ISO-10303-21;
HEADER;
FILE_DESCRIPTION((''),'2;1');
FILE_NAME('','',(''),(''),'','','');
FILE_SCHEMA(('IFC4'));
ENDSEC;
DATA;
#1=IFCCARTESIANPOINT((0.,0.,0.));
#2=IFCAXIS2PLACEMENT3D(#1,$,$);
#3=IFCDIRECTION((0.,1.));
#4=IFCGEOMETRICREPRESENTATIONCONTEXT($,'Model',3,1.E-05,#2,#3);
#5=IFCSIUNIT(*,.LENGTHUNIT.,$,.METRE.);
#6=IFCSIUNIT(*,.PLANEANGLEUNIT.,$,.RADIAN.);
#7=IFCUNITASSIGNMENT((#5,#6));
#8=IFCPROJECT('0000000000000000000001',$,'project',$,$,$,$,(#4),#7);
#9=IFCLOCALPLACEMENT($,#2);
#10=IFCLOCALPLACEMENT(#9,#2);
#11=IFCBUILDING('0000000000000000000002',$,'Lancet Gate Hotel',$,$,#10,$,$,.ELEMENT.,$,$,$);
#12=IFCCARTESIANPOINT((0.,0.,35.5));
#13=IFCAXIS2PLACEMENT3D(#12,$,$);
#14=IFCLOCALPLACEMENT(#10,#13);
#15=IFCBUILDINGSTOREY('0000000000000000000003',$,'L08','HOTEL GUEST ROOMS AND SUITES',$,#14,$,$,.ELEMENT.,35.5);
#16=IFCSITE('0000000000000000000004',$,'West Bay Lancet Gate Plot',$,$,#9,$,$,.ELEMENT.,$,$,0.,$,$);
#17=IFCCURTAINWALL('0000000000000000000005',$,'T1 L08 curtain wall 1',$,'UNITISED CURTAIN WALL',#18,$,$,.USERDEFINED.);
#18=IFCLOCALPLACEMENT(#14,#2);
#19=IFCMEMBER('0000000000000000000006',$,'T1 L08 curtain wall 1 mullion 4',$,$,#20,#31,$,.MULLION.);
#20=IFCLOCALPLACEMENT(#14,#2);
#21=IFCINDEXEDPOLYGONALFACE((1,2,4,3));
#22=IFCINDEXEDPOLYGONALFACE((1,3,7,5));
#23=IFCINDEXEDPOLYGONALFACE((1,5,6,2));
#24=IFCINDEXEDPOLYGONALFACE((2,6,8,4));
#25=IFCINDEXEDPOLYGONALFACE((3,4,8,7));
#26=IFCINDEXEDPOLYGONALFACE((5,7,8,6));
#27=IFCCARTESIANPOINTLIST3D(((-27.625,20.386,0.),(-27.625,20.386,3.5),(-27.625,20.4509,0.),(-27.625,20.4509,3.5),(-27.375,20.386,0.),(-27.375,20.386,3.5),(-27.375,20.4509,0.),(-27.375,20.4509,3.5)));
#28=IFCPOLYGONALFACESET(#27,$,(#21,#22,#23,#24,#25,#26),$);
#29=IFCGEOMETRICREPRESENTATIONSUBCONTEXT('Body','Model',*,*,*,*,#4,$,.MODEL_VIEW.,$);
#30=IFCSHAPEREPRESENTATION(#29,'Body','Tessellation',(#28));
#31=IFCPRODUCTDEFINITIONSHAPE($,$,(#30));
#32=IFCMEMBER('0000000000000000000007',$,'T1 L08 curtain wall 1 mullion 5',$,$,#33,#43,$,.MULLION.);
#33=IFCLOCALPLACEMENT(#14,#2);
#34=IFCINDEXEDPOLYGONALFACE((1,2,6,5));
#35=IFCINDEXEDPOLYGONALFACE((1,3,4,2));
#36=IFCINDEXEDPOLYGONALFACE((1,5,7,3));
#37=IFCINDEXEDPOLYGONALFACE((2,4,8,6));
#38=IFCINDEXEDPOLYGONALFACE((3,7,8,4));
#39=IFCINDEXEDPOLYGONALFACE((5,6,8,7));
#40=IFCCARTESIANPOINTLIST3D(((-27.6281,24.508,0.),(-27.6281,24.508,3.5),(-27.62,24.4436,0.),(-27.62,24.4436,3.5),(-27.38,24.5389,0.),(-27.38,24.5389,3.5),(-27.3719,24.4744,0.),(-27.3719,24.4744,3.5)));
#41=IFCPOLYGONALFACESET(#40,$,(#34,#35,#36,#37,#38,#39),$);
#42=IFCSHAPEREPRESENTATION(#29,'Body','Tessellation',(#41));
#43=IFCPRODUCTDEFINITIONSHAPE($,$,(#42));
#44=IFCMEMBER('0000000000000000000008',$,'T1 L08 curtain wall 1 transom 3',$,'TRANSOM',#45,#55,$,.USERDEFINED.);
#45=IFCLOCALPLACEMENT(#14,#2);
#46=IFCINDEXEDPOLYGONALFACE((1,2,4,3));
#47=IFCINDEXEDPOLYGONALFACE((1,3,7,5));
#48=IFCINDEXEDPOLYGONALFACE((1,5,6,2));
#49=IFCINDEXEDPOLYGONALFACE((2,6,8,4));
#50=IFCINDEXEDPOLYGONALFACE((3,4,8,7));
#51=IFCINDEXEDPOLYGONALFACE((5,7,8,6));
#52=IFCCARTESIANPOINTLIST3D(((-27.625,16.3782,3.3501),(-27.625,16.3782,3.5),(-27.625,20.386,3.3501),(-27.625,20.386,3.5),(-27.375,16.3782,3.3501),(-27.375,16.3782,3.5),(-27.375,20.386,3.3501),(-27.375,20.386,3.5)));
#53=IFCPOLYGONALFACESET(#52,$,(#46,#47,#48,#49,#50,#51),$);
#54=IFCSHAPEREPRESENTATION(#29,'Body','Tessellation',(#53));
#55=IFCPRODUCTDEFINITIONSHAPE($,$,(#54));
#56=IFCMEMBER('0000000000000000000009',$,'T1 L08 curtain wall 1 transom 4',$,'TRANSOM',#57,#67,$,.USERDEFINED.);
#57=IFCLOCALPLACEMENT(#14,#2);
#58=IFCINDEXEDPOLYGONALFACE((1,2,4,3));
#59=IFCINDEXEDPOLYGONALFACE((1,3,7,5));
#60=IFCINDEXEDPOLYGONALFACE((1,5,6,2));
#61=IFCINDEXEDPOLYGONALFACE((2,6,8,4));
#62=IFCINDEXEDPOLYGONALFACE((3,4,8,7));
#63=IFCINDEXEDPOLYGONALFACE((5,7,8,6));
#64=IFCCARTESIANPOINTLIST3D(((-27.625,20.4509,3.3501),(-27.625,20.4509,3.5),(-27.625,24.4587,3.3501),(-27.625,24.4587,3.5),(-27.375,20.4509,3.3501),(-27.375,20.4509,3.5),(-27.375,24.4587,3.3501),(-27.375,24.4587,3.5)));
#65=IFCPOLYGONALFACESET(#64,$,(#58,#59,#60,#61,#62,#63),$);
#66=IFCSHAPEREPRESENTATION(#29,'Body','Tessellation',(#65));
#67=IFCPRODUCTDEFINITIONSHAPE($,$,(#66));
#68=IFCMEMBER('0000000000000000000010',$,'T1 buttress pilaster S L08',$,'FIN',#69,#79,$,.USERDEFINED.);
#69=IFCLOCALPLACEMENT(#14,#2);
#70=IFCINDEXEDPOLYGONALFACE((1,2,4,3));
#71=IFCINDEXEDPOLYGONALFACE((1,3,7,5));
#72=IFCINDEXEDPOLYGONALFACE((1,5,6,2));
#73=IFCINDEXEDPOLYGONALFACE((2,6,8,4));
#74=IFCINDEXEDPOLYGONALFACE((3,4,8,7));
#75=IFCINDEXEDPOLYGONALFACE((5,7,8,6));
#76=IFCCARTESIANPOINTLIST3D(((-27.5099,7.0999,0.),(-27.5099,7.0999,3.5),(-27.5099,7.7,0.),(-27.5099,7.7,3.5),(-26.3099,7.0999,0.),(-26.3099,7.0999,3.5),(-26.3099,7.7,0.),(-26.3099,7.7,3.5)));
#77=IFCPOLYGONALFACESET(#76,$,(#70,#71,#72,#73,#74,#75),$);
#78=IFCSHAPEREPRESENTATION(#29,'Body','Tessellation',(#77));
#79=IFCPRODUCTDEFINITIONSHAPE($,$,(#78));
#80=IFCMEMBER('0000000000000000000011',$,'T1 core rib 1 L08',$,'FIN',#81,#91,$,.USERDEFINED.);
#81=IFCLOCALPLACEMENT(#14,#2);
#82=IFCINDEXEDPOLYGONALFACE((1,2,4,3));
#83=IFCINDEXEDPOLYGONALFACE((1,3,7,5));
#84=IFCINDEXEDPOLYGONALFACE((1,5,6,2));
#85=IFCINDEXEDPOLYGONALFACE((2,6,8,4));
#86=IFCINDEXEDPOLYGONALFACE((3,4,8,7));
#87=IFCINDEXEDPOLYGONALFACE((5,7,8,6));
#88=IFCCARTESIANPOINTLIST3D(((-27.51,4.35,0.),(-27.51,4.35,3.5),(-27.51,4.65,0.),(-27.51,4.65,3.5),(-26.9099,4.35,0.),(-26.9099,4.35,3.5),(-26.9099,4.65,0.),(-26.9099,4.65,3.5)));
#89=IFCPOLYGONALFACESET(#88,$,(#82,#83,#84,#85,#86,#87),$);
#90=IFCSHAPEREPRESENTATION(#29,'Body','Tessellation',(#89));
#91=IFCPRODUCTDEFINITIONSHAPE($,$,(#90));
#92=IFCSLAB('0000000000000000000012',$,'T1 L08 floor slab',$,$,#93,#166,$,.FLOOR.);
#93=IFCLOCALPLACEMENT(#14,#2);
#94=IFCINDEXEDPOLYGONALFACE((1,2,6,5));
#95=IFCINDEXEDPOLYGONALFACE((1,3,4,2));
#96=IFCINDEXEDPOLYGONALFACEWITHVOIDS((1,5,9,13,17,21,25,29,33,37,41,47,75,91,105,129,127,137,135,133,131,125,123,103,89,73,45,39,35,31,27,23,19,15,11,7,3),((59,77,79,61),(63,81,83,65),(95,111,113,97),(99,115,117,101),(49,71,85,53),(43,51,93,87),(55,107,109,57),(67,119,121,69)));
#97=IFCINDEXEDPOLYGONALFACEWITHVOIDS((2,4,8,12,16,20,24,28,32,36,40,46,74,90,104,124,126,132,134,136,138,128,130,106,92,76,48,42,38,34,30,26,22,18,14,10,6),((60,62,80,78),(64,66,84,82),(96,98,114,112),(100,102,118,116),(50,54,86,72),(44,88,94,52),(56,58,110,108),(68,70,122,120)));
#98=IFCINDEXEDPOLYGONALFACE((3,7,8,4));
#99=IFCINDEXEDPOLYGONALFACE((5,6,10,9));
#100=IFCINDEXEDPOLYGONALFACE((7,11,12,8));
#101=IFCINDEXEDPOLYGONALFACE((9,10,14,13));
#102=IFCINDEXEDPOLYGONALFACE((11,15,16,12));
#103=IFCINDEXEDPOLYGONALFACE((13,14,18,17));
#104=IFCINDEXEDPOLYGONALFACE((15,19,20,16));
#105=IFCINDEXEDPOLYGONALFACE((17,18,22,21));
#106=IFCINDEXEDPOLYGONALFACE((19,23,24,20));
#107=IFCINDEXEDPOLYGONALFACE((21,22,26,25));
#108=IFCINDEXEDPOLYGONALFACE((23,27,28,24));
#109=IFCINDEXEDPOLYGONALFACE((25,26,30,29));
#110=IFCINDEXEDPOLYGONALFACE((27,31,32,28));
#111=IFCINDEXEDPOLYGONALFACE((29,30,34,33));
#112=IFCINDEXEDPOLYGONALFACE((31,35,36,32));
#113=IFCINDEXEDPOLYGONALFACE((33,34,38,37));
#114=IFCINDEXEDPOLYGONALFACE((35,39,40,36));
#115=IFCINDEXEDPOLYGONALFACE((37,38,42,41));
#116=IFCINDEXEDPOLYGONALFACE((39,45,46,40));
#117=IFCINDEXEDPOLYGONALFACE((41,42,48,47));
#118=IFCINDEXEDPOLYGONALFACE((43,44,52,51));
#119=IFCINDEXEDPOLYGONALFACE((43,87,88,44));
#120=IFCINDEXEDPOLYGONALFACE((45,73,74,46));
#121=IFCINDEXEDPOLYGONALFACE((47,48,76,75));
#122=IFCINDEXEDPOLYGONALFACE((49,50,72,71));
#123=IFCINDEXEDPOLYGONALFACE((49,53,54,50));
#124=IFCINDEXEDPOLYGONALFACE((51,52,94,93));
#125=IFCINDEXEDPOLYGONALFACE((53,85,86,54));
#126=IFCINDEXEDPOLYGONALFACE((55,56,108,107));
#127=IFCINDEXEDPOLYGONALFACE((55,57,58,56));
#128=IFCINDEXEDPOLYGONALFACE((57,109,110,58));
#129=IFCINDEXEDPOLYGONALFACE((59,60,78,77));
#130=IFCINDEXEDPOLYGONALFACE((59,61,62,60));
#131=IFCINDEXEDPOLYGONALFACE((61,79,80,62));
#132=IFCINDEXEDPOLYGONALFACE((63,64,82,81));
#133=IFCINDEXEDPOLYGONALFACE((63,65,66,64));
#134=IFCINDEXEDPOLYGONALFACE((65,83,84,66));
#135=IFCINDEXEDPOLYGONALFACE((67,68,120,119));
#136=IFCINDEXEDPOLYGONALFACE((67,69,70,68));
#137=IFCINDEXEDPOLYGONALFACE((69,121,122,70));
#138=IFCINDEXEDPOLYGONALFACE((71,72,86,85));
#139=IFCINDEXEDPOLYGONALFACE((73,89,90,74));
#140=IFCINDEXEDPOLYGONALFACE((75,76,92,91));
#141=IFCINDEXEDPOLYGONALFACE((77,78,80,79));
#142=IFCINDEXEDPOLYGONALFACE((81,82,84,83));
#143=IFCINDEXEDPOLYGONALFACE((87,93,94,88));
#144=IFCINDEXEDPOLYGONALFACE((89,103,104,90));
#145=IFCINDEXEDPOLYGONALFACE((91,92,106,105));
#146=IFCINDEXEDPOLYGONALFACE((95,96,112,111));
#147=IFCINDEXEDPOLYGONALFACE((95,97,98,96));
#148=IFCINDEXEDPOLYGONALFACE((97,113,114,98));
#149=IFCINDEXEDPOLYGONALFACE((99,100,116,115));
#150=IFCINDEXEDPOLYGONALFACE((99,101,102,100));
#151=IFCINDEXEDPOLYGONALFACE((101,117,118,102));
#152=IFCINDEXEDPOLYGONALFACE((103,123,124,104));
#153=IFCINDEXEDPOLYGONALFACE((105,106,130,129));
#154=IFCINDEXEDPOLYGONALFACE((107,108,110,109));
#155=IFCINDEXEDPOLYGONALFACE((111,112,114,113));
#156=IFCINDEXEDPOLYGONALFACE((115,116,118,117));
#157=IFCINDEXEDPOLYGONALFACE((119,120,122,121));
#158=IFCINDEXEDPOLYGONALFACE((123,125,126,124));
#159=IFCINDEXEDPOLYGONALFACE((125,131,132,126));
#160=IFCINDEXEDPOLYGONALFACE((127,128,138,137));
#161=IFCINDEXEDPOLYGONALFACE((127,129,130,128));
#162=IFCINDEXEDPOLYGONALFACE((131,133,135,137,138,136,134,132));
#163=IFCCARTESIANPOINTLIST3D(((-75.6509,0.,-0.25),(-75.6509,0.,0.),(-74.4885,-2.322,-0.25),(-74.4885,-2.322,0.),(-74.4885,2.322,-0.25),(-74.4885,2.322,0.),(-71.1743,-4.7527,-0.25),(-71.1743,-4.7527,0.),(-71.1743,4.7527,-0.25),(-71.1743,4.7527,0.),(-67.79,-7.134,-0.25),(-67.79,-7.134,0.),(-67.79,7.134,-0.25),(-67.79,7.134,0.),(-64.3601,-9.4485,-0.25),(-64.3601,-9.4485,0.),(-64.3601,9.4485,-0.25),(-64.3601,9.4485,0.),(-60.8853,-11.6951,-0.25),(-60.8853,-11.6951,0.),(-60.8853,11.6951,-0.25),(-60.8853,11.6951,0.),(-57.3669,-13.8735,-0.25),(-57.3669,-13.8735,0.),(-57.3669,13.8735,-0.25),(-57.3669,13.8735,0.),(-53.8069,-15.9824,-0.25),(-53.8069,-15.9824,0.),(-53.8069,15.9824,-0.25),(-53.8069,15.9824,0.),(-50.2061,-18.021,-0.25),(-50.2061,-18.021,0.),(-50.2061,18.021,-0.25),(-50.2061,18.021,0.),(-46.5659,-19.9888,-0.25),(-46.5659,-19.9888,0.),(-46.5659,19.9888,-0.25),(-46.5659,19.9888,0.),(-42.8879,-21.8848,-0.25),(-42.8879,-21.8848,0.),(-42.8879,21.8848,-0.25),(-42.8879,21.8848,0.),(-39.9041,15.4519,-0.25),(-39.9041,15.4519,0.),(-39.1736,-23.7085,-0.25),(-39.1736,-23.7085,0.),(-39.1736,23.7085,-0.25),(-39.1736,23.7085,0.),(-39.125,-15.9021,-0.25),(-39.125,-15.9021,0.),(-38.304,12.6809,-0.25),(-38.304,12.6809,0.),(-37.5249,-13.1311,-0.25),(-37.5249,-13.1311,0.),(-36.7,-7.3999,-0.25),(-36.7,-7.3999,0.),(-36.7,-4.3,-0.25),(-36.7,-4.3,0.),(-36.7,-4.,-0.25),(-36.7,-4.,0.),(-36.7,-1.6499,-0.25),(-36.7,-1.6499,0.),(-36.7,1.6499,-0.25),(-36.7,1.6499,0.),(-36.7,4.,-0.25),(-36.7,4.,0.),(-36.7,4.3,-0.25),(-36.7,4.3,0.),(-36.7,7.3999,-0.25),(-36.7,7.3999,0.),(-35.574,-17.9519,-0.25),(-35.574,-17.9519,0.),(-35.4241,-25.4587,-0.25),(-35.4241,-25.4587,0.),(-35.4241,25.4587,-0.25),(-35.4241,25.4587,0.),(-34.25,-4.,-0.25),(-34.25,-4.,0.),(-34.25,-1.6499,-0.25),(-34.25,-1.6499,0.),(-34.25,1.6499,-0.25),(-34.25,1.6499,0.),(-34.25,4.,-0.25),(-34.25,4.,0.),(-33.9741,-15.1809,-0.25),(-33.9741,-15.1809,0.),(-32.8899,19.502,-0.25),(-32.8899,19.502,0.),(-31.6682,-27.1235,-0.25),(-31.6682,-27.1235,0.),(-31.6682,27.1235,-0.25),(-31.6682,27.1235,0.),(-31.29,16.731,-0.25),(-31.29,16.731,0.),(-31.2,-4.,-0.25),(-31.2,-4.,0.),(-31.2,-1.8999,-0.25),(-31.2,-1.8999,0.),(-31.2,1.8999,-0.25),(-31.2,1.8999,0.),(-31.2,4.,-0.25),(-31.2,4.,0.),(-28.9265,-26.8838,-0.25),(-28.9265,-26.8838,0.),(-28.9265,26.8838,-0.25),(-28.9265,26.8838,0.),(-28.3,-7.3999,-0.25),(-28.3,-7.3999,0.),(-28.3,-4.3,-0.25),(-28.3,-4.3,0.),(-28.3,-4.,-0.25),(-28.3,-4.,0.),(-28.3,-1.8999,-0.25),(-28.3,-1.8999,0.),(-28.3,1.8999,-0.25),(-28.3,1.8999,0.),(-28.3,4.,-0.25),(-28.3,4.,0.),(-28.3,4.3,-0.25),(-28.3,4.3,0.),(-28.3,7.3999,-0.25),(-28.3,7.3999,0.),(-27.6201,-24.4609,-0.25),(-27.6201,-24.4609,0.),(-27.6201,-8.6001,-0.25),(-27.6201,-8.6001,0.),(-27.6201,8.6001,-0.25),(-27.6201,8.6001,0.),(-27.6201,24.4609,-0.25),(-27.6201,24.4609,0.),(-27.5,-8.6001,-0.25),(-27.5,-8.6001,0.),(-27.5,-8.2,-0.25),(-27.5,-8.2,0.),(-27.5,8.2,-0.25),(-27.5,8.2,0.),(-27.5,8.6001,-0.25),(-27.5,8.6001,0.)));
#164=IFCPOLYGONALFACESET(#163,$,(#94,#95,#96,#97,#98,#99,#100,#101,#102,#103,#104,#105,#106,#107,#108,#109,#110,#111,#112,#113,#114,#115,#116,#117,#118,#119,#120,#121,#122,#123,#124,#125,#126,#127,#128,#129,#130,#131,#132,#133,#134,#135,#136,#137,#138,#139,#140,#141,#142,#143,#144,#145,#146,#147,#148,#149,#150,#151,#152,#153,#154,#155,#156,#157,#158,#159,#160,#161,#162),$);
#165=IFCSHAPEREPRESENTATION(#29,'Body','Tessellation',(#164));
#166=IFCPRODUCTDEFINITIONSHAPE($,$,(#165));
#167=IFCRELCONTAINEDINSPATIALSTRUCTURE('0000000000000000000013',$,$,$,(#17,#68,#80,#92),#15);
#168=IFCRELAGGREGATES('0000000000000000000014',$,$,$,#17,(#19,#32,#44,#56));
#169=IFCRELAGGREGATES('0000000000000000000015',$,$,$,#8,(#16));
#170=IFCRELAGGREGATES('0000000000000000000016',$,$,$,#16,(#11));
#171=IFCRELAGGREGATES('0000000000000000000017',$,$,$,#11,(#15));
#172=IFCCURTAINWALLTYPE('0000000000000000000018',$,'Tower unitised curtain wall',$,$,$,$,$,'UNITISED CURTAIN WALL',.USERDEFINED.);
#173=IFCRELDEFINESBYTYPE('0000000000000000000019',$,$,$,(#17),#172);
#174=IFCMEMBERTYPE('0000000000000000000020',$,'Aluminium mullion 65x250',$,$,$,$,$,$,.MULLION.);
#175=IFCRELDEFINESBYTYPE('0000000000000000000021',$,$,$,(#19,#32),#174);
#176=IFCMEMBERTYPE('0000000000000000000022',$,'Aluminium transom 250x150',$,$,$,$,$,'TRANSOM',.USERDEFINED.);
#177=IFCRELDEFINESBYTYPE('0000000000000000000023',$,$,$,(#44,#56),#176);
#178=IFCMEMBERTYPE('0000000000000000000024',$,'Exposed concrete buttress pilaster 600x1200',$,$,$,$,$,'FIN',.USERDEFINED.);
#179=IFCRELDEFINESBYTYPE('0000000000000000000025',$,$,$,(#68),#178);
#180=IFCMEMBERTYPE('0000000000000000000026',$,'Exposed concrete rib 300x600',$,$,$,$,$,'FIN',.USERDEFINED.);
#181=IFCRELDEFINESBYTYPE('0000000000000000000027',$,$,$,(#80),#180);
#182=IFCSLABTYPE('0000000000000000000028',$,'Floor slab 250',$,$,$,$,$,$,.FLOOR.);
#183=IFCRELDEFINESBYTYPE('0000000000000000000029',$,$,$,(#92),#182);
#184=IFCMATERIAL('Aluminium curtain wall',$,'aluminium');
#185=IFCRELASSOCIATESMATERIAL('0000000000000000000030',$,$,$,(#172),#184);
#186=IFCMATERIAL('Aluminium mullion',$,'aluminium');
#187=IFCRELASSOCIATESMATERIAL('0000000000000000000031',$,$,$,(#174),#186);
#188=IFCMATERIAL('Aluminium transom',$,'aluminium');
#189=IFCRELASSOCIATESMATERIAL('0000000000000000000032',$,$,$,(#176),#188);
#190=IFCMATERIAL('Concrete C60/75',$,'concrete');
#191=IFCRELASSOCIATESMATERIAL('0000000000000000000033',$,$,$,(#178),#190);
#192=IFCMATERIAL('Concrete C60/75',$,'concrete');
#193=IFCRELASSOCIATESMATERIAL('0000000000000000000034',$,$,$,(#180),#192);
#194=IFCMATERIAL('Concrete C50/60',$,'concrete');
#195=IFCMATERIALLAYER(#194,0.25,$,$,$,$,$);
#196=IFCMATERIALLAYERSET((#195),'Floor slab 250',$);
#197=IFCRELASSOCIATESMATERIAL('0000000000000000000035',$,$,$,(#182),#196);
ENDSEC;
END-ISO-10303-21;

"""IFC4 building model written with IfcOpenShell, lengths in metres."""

from ifc_helpers import new_model, si_unit, direction, frame, origin, origin_2d, place, context, subcontext, project, spatial, polyline, rectangle, outline, extrude, material, layer, layer_set, material_profile, profile_set, type_object, element, aggregate, save


model = new_model("IFC4")

# Units and contexts
model_context = context("Model", 3, precision=1e-05, world=origin(), true_north=direction((0.0, 1.0)))
body_context = subcontext(model_context, "Body", "Model", "MODEL_VIEW")
ifc_project = project(units=[si_unit("LENGTHUNIT", "METRE"), si_unit("PLANEANGLEUNIT", "RADIAN")], contexts=[model_context])

# Site, building, storey
site_placement = place(None, origin())
site = spatial("IfcSite", under=ifc_project, at=site_placement, Name="West Bay Lancet Gate Plot", CompositionType="ELEMENT", RefElevation=0.0)
building_placement = place(site_placement, origin())
building = spatial("IfcBuilding", under=site, at=building_placement, Name="Lancet Gate Hotel", CompositionType="ELEMENT")
storey_placement = place(building_placement, frame((0.0, 0.0, 35.5)))
storey = spatial("IfcBuildingStorey", under=building, at=storey_placement, Name="L08", Description="HOTEL GUEST ROOMS AND SUITES", CompositionType="ELEMENT", Elevation=35.5)

# Curtain wall, members
ifc_material_1 = material(Name="Aluminium curtain wall", Category="aluminium")
curtain_wall_type = type_object("IfcCurtainWallType", Name="Tower unitised curtain wall", ElementType="UNITISED CURTAIN WALL", PredefinedType="USERDEFINED", material=ifc_material_1)
curtain_wall_placement = place(storey_placement, origin())
curtain_wall = element("IfcCurtainWall", 1, at=curtain_wall_placement, inside=storey, type_object=curtain_wall_type, Name="T1 L08 curtain wall 1", ObjectType="UNITISED CURTAIN WALL", PredefinedType="USERDEFINED")
ifc_material_2 = material(Name="Aluminium mullion", Category="aluminium")
ifc_material_profile_1 = material_profile(ifc_material_2, rectangle(XDim=0.0649, YDim=0.25, at=origin_2d()), Name="MULLION 65x250")
ifc_profile_set_1 = profile_set([ifc_material_profile_1], Name="Aluminium mullion")
member_type_1 = type_object("IfcMemberType", Name="Aluminium mullion 65x250", PredefinedType="MULLION", material=ifc_profile_set_1)
member_1_placement = place(storey_placement, frame((-27.5, 20.4185, 0.0), z_axis=(0.0, 0.0, 1.0), x_axis=(0.0, 1.0, 0.0)))
member_1 = element("IfcMember", 2, at=member_1_placement, type_object=member_type_1, Name="T1 L08 curtain wall 1 mullion 4", PredefinedType="MULLION", context=body_context, shape_type="SweptSolid", body=[
    extrude(rectangle(XDim=0.0649, YDim=0.25, at=origin_2d()), origin(), (0.0, 0.0, 1.0), 3.5),
])
member_2_placement = place(storey_placement, frame((-27.5, 24.4912, 0.0), z_axis=(0.0, 0.0, 1.0), x_axis=(-0.123483, 0.992347, 0.0)))
member_2 = element("IfcMember", 3, at=member_2_placement, type_object=member_type_1, Name="T1 L08 curtain wall 1 mullion 5", PredefinedType="MULLION", context=body_context, shape_type="SweptSolid", body=[
    extrude(rectangle(XDim=0.0649, YDim=0.25, at=origin_2d()), origin(), (0.0, 0.0, 1.0), 3.5),
])
ifc_material_3 = material(Name="Aluminium transom", Category="aluminium")
ifc_material_profile_2 = material_profile(ifc_material_3, rectangle(XDim=0.25, YDim=0.1499, at=origin_2d()), Name="TRANSOM 250x150")
ifc_profile_set_2 = profile_set([ifc_material_profile_2], Name="Aluminium transom")
member_type_2 = type_object("IfcMemberType", Name="Aluminium transom 250x150", ElementType="TRANSOM", PredefinedType="USERDEFINED", material=ifc_profile_set_2)
member_3_placement = place(storey_placement, frame((-27.5, 16.3782, 3.425), z_axis=(0.0, 1.0, 0.0), x_axis=(-1.0, 0.0, 0.0)))
member_3 = element("IfcMember", 4, at=member_3_placement, type_object=member_type_2, Name="T1 L08 curtain wall 1 transom 3", ObjectType="TRANSOM", PredefinedType="USERDEFINED", context=body_context, shape_type="SweptSolid", body=[
    extrude(rectangle(XDim=0.25, YDim=0.1499, at=origin_2d()), origin(), (0.0, 0.0, 1.0), 4.0078),
])
member_4_placement = place(storey_placement, frame((-27.5, 20.4509, 3.425), z_axis=(0.0, 1.0, 0.0), x_axis=(-1.0, 0.0, 0.0)))
member_4 = element("IfcMember", 5, at=member_4_placement, type_object=member_type_2, Name="T1 L08 curtain wall 1 transom 4", ObjectType="TRANSOM", PredefinedType="USERDEFINED", context=body_context, shape_type="SweptSolid", body=[
    extrude(rectangle(XDim=0.25, YDim=0.1499, at=origin_2d()), origin(), (0.0, 0.0, 1.0), 4.0078),
])

# Members
ifc_material_4 = material(Name="Concrete C60/75", Category="concrete")
ifc_material_profile_3 = material_profile(ifc_material_4, rectangle(XDim=0.6001, YDim=1.2, at=origin_2d()), Name="FIN 600x1200")
ifc_profile_set_3 = profile_set([ifc_material_profile_3], Name="Concrete C60/75")
member_type_3 = type_object("IfcMemberType", Name="Exposed concrete buttress pilaster 600x1200", ElementType="FIN", PredefinedType="USERDEFINED", material=ifc_profile_set_3)
member_5_placement = place(storey_placement, frame((-26.9099, 7.3999, 0.0), z_axis=(0.0, 0.0, 1.0), x_axis=(0.0, 1.0, 0.0)))
element("IfcMember", 6, at=member_5_placement, inside=storey, type_object=member_type_3, Name="T1 buttress pilaster S L08", ObjectType="FIN", PredefinedType="USERDEFINED", context=body_context, shape_type="SweptSolid", body=[
    extrude(rectangle(XDim=0.6001, YDim=1.2, at=origin_2d()), origin(), (0.0, 0.0, 1.0), 3.5),
])
ifc_material_5 = material(Name="Concrete C60/75", Category="concrete")
ifc_material_profile_4 = material_profile(ifc_material_5, rectangle(XDim=0.3, YDim=0.6001, at=origin_2d()), Name="FIN 300x600")
ifc_profile_set_4 = profile_set([ifc_material_profile_4], Name="Concrete C60/75")
member_type_4 = type_object("IfcMemberType", Name="Exposed concrete rib 300x600", ElementType="FIN", PredefinedType="USERDEFINED", material=ifc_profile_set_4)
member_6_placement = place(storey_placement, frame((-27.21, 4.5, 0.0), z_axis=(0.0, 0.0, 1.0), x_axis=(0.0, 1.0, 0.0)))
element("IfcMember", 7, at=member_6_placement, inside=storey, type_object=member_type_4, Name="T1 core rib 1 L08", ObjectType="FIN", PredefinedType="USERDEFINED", context=body_context, shape_type="SweptSolid", body=[
    extrude(rectangle(XDim=0.3, YDim=0.6001, at=origin_2d()), origin(), (0.0, 0.0, 1.0), 3.5),
])

# Slab
ifc_material_6 = material(Name="Concrete C50/60", Category="concrete")
ifc_layer_1 = layer(ifc_material_6, 0.25)
ifc_layer_set_1 = layer_set([ifc_layer_1], Name="Floor slab 250")
slab_type_1 = type_object("IfcSlabType", Name="Floor slab 250", PredefinedType="FLOOR", material=ifc_layer_set_1)
slab_1_placement = place(storey_placement, frame((0.0, 0.0, -0.25)))
element("IfcSlab", 8, at=slab_1_placement, inside=storey, type_object=slab_type_1, Name="T1 L08 floor slab", PredefinedType="FLOOR", context=body_context, shape_type="SweptSolid", body=[
    extrude(outline(polyline([(-27.5, 8.6001), (-27.6201, 8.6001), (-27.6201, 24.4609), (-28.9265, 26.8838), (-31.6682, 27.1235), (-35.4241, 25.4587), (-39.1736, 23.7085), (-42.8879, 21.8848), (-46.5659, 19.9888), (-50.2061, 18.021), (-53.8069, 15.9824), (-57.3669, 13.8735), (-60.8853, 11.6951), (-64.3601, 9.4485), (-67.79, 7.134), (-71.1743, 4.7527), (-74.4885, 2.322), (-75.6509, 0.0), (-74.4885, -2.322), (-71.1743, -4.7527), (-67.79, -7.134), (-64.3601, -9.4485), (-60.8853, -11.6951), (-57.3669, -13.8735), (-53.8069, -15.9824), (-50.2061, -18.021), (-46.5659, -19.9888), (-42.8879, -21.8848), (-39.1736, -23.7085), (-35.4241, -25.4587), (-31.6682, -27.1235), (-28.9265, -26.8838), (-27.6201, -24.4609), (-27.6201, -8.6001), (-27.5, -8.6001), (-27.5, -8.2), (-27.5, 8.2), (-27.5, 8.6001)]), holes=[polyline([(-36.7, 7.3999), (-36.7, 4.3), (-28.3, 4.3), (-28.3, 7.3999), (-36.7, 7.3999)]), polyline([(-28.3, 4.0), (-31.2, 4.0), (-31.2, 1.8999), (-28.3, 1.8999), (-28.3, 4.0)]), polyline([(-34.25, 4.0), (-36.7, 4.0), (-36.7, 1.6499), (-34.25, 1.6499), (-34.25, 4.0)]), polyline([(-36.7, -1.6499), (-36.7, -4.0), (-34.25, -4.0), (-34.25, -1.6499), (-36.7, -1.6499)]), polyline([(-28.3, -1.8999), (-31.2, -1.8999), (-31.2, -4.0), (-28.3, -4.0), (-28.3, -1.8999)]), polyline([(-28.3, -4.3), (-36.7, -4.3), (-36.7, -7.3999), (-28.3, -7.3999), (-28.3, -4.3)]), polyline([(-31.29, 16.731), (-32.8899, 19.502), (-39.9041, 15.4519), (-38.304, 12.6809), (-31.29, 16.731)]), polyline([(-33.9741, -15.1809), (-37.5249, -13.1311), (-39.125, -15.9021), (-35.574, -17.9519), (-33.9741, -15.1809)])]), origin(), (0.0, 0.0, 1.0), 0.25),
])

aggregate(curtain_wall, [member_1, member_2, member_3, member_4])

save(model, "model.ifc")
